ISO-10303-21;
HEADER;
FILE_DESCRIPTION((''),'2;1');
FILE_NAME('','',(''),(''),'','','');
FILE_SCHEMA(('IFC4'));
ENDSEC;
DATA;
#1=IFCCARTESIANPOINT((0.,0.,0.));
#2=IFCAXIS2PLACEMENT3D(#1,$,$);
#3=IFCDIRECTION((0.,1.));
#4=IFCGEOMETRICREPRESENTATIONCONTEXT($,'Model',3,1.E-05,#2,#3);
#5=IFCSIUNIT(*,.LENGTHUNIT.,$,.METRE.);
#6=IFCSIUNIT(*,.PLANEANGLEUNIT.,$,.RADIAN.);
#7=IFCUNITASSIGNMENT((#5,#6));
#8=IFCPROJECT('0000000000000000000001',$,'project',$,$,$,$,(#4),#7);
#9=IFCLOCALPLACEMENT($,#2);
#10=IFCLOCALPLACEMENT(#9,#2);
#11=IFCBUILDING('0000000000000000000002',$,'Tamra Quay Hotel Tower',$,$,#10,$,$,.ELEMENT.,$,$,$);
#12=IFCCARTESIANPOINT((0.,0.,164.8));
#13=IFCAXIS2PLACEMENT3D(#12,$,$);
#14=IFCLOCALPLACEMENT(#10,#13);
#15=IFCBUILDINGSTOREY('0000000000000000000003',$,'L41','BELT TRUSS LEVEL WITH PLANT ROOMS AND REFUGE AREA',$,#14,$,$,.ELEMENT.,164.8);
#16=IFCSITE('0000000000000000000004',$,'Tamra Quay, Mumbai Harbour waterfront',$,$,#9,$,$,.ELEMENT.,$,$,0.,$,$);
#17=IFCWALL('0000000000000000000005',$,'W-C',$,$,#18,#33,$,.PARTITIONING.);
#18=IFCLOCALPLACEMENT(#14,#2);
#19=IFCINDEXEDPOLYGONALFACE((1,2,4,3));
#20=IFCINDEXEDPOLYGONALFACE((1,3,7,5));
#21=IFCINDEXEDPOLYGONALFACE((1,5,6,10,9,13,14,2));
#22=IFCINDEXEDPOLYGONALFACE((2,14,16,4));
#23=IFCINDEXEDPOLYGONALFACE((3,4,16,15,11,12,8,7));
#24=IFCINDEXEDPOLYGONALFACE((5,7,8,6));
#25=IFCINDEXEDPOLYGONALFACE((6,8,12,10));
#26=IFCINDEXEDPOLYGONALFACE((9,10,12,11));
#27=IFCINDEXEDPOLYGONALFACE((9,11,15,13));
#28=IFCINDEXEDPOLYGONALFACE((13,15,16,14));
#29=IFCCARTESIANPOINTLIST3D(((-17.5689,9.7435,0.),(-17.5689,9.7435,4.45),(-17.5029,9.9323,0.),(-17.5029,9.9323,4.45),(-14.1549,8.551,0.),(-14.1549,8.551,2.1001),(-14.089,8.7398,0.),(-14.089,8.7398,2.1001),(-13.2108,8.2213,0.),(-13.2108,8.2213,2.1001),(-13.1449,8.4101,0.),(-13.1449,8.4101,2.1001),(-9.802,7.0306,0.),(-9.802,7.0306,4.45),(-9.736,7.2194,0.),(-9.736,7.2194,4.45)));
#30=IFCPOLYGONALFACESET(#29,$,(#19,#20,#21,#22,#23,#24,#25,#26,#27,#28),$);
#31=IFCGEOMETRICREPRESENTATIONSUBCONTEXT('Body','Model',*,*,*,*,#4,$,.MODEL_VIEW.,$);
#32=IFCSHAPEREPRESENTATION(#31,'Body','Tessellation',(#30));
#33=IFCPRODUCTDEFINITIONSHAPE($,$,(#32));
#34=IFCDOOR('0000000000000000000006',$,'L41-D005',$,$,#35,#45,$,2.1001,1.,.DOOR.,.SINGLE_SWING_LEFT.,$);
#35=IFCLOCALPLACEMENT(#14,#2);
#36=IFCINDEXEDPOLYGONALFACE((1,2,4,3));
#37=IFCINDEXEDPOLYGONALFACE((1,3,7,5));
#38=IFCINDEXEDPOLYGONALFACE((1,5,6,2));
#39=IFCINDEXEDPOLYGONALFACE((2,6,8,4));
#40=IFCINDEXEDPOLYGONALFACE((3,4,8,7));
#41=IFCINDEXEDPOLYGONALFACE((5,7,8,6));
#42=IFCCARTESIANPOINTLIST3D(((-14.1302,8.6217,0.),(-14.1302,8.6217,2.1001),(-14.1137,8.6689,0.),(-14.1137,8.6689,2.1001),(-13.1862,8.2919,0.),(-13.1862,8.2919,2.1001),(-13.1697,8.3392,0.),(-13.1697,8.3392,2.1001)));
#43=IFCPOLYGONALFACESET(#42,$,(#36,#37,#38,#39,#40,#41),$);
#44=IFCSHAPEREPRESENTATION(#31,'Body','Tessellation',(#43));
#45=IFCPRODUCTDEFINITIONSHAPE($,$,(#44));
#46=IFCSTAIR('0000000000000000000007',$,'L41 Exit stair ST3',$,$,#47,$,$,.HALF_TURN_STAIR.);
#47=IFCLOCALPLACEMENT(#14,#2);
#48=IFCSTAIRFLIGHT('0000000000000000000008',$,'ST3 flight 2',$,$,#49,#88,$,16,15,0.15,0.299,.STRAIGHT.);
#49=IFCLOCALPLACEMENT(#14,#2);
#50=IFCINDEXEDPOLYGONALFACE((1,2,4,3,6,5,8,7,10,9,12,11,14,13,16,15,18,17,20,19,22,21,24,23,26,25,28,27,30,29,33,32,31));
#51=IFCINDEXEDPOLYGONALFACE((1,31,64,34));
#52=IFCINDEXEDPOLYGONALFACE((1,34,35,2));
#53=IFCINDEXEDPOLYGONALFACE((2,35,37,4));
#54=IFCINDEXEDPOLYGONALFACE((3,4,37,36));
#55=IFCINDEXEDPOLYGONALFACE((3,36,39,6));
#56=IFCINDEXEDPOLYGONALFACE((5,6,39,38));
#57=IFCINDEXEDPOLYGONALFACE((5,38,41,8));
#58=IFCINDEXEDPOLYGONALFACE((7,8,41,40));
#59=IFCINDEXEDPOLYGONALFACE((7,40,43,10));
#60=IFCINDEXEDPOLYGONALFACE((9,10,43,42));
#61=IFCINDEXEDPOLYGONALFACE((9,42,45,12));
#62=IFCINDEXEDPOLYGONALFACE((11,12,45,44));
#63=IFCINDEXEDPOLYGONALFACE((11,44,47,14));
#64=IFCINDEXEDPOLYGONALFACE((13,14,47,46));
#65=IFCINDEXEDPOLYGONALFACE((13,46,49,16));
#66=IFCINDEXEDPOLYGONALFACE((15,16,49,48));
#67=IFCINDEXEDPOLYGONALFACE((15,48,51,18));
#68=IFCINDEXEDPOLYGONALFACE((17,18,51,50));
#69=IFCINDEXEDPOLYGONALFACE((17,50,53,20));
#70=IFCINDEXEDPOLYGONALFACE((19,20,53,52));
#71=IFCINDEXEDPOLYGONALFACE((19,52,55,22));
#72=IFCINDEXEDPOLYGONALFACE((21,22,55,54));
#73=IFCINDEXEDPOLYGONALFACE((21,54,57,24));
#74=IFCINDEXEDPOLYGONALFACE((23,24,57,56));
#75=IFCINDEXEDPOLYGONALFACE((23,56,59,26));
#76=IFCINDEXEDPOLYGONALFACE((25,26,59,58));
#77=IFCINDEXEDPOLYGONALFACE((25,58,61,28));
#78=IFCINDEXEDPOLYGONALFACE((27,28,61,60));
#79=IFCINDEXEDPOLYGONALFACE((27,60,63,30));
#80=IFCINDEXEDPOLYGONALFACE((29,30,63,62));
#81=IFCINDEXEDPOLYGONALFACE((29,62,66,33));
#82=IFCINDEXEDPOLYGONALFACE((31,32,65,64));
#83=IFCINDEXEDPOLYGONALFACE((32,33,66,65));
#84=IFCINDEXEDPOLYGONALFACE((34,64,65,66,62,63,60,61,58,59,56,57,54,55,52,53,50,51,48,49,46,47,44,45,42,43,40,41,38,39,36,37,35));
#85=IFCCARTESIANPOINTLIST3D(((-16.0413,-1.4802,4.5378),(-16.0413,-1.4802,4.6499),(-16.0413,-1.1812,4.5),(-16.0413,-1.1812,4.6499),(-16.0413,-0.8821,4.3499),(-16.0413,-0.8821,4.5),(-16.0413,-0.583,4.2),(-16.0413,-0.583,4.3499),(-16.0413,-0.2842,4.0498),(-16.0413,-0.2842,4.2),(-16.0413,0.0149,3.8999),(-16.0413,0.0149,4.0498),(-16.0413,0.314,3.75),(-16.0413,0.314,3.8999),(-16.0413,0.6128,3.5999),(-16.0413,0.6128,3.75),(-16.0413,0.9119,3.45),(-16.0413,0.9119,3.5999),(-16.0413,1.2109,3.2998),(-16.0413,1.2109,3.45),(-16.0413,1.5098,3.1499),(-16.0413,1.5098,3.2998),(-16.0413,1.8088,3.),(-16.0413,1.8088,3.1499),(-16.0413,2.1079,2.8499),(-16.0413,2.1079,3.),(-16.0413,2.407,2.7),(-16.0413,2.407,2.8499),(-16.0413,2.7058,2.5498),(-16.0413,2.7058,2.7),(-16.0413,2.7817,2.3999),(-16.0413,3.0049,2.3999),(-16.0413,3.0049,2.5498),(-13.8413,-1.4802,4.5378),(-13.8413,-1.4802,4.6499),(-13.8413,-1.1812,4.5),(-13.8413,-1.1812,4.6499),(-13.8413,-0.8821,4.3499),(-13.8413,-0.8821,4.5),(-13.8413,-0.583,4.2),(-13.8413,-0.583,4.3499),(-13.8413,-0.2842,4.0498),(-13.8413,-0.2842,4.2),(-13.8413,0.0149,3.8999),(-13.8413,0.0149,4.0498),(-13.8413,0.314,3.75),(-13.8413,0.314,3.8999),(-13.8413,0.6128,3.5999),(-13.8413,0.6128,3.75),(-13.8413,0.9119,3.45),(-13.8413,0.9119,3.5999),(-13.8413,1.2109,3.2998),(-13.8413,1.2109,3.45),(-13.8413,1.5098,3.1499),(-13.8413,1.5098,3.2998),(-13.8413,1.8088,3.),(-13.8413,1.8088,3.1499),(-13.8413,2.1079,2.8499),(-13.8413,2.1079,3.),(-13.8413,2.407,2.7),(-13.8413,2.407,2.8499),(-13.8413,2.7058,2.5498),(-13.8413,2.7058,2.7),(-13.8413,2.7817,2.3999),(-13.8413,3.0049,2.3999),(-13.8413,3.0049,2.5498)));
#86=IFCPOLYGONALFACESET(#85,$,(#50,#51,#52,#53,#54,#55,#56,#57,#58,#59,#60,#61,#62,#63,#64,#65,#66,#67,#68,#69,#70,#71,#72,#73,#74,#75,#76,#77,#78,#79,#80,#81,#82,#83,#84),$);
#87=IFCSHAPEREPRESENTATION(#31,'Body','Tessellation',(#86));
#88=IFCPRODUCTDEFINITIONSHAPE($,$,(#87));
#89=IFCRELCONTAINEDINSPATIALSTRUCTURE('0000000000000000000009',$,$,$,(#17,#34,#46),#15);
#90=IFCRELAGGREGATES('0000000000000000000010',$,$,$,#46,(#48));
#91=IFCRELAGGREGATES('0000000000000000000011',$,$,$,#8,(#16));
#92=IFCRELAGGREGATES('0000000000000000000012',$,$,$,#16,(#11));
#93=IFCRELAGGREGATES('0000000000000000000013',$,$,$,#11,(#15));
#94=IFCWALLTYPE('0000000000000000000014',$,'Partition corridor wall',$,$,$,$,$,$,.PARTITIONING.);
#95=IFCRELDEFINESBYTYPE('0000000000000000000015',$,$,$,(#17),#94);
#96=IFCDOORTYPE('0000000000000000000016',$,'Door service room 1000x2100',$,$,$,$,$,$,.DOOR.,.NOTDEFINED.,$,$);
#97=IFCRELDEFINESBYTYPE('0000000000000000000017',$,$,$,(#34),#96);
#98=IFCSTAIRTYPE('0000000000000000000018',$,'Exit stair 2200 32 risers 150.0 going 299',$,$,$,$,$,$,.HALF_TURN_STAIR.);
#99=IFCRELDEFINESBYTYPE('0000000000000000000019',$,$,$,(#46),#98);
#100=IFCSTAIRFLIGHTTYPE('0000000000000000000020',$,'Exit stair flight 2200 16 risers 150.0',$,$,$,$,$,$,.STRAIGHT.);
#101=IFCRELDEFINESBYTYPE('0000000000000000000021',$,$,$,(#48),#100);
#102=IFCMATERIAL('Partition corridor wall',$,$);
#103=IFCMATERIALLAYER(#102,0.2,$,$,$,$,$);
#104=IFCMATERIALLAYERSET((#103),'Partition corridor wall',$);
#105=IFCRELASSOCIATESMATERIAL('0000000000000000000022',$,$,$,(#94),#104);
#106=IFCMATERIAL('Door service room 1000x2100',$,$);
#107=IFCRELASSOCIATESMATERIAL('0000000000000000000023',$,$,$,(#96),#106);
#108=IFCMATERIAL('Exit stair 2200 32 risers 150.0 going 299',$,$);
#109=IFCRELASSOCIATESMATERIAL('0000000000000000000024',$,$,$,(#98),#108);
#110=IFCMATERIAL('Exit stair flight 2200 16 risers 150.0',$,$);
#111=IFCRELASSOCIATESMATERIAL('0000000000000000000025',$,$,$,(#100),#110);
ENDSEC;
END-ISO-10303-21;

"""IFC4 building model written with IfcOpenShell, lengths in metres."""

from ifc_helpers import new_model, si_unit, direction, frame, frame_2d, origin, place, context, subcontext, project, spatial, polyline, rectangle, outline, extrude, material, layer, layer_set, type_object, element, fill, aggregate, save


model = new_model("IFC4")

# Units and contexts
model_context = context("Model", 3, precision=1e-05, world=origin(), true_north=direction((0.0, 1.0)))
body_context = subcontext(model_context, "Body", "Model", "MODEL_VIEW")
ifc_project = project(units=[si_unit("LENGTHUNIT", "METRE"), si_unit("PLANEANGLEUNIT", "RADIAN")], contexts=[model_context])

# Site, building, storey
site_placement = place(None, origin())
site = spatial("IfcSite", under=ifc_project, at=site_placement, Name="Tamra Quay, Mumbai Harbour waterfront", CompositionType="ELEMENT", RefElevation=0.0)
building_placement = place(site_placement, origin())
building = spatial("IfcBuilding", under=site, at=building_placement, Name="Tamra Quay Hotel Tower", CompositionType="ELEMENT")
storey_placement = place(building_placement, frame((0.0, 0.0, 164.8)))
storey = spatial("IfcBuildingStorey", under=building, at=storey_placement, Name="L41", Description="BELT TRUSS LEVEL WITH PLANT ROOMS AND REFUGE AREA", CompositionType="ELEMENT", Elevation=164.8)

# Wall, opening, door
ifc_material_1 = material(Name="Partition corridor wall")
ifc_layer_1 = layer(ifc_material_1, 0.2)
ifc_layer_set_1 = layer_set([ifc_layer_1], Name="Partition corridor wall")
wall_type_1 = type_object("IfcWallType", Name="Partition corridor wall", PredefinedType="PARTITIONING", material=ifc_layer_set_1)
wall_1_placement = place(storey_placement, frame((-17.5359, 9.8379, 0.0), z_axis=(0.0, 0.0, 1.0), x_axis=(0.944067, -0.329754, 0.0)))
wall_1 = element("IfcWall", 1, at=wall_1_placement, inside=storey, type_object=wall_type_1, Name="W-C", PredefinedType="PARTITIONING", context=body_context, shape_type="SweptSolid", body=[
    extrude(rectangle(XDim=8.2271, YDim=0.2, at=frame_2d((4.1135, 0.0))), origin(), (0.0, 0.0, 1.0), 4.45),
])
opening_1_placement = place(wall_1_placement, frame((3.6162, 0.0, 0.0)))
opening_1 = element("IfcOpeningElement", 2, at=opening_1_placement, cuts=wall_1, PredefinedType="OPENING", context=body_context, shape_type="SweptSolid", body=[
    extrude(rectangle(XDim=1.0, YDim=2.1001, at=frame_2d((0.5, 1.05))), frame((0.0, 0.1099, 0.0), z_axis=(0.0, -1.0, 0.0), x_axis=(1.0, 0.0, 0.0)), (0.0, 0.0, 1.0), 0.22),
])
ifc_material_2 = material(Name="Door service room 1000x2100")
door_type_1 = type_object("IfcDoorType", Name="Door service room 1000x2100", OperationType="NOTDEFINED", PredefinedType="DOOR", material=ifc_material_2)
door_1_placement = place(opening_1_placement, origin())
door_1 = element("IfcDoor", 3, at=door_1_placement, inside=storey, type_object=door_type_1, Name="L41-D005", OperationType="SINGLE_SWING_LEFT", OverallHeight=2.1001, OverallWidth=1.0, PredefinedType="DOOR", context=body_context, shape_type="SweptSolid", body=[
    extrude(rectangle(XDim=1.0, YDim=2.1001, at=frame_2d((0.5, 1.05))), frame((0.0, 0.0249, 0.0), z_axis=(0.0, -1.0, 0.0), x_axis=(1.0, 0.0, 0.0)), (0.0, 0.0, 1.0), 0.05),
])
fill(opening_1, door_1)

# Stair, stair flight
ifc_material_3 = material(Name="Exit stair 2200 32 risers 150.0 going 299")
stair_type = type_object("IfcStairType", Name="Exit stair 2200 32 risers 150.0 going 299", PredefinedType="HALF_TURN_STAIR", material=ifc_material_3)
stair_placement = place(storey_placement, origin())
stair = element("IfcStair", 4, at=stair_placement, inside=storey, type_object=stair_type, Name="L41 Exit stair ST3", PredefinedType="HALF_TURN_STAIR")
ifc_material_4 = material(Name="Exit stair flight 2200 16 risers 150.0")
stair_flight_type = type_object("IfcStairFlightType", Name="Exit stair flight 2200 16 risers 150.0", PredefinedType="STRAIGHT", material=ifc_material_4)
stair_flight_placement = place(storey_placement, frame((-14.9414, 3.0049, 2.3999), z_axis=(0.0, 0.0, 1.0), x_axis=(0.0, -1.0, 0.0)))
stair_flight = element("IfcStairFlight", 5, at=stair_flight_placement, type_object=stair_flight_type, Name="ST3 flight 2", NumberOfRisers=16, NumberOfTreads=15, PredefinedType="STRAIGHT", RiserHeight=0.15, TreadLength=0.299, context=body_context, shape_type="SweptSolid", body=[
    extrude(outline(polyline([(0.0, 0.0), (0.0, 0.1499), (0.2991, 0.1499), (0.2991, 0.3), (0.5979, 0.3), (0.5979, 0.45), (0.897, 0.45), (0.897, 0.6001), (1.196, 0.6001), (1.196, 0.75), (1.4951, 0.75), (1.4951, 0.8999), (1.7939, 0.8999), (1.7939, 1.05), (2.093, 1.05), (2.093, 1.2), (2.3921, 1.2), (2.3921, 1.3501), (2.6909, 1.3501), (2.6909, 1.5), (2.99, 1.5), (2.99, 1.6499), (3.2891, 1.6499), (3.2891, 1.8), (3.5879, 1.8), (3.5879, 1.95), (3.887, 1.95), (3.887, 2.1001), (4.186, 2.1001), (4.186, 2.25), (4.4851, 2.25), (4.4851, 2.3999), (4.4851, 2.1379), (0.2231, 0.0), (0.0, 0.0)])), frame((0.0, 1.1001, 0.0), z_axis=(0.0, -1.0, 0.0), x_axis=(1.0, 0.0, 0.0)), (0.0, 0.0, 1.0), 2.2),
])
aggregate(stair, [stair_flight])

save(model, "model.ifc")
